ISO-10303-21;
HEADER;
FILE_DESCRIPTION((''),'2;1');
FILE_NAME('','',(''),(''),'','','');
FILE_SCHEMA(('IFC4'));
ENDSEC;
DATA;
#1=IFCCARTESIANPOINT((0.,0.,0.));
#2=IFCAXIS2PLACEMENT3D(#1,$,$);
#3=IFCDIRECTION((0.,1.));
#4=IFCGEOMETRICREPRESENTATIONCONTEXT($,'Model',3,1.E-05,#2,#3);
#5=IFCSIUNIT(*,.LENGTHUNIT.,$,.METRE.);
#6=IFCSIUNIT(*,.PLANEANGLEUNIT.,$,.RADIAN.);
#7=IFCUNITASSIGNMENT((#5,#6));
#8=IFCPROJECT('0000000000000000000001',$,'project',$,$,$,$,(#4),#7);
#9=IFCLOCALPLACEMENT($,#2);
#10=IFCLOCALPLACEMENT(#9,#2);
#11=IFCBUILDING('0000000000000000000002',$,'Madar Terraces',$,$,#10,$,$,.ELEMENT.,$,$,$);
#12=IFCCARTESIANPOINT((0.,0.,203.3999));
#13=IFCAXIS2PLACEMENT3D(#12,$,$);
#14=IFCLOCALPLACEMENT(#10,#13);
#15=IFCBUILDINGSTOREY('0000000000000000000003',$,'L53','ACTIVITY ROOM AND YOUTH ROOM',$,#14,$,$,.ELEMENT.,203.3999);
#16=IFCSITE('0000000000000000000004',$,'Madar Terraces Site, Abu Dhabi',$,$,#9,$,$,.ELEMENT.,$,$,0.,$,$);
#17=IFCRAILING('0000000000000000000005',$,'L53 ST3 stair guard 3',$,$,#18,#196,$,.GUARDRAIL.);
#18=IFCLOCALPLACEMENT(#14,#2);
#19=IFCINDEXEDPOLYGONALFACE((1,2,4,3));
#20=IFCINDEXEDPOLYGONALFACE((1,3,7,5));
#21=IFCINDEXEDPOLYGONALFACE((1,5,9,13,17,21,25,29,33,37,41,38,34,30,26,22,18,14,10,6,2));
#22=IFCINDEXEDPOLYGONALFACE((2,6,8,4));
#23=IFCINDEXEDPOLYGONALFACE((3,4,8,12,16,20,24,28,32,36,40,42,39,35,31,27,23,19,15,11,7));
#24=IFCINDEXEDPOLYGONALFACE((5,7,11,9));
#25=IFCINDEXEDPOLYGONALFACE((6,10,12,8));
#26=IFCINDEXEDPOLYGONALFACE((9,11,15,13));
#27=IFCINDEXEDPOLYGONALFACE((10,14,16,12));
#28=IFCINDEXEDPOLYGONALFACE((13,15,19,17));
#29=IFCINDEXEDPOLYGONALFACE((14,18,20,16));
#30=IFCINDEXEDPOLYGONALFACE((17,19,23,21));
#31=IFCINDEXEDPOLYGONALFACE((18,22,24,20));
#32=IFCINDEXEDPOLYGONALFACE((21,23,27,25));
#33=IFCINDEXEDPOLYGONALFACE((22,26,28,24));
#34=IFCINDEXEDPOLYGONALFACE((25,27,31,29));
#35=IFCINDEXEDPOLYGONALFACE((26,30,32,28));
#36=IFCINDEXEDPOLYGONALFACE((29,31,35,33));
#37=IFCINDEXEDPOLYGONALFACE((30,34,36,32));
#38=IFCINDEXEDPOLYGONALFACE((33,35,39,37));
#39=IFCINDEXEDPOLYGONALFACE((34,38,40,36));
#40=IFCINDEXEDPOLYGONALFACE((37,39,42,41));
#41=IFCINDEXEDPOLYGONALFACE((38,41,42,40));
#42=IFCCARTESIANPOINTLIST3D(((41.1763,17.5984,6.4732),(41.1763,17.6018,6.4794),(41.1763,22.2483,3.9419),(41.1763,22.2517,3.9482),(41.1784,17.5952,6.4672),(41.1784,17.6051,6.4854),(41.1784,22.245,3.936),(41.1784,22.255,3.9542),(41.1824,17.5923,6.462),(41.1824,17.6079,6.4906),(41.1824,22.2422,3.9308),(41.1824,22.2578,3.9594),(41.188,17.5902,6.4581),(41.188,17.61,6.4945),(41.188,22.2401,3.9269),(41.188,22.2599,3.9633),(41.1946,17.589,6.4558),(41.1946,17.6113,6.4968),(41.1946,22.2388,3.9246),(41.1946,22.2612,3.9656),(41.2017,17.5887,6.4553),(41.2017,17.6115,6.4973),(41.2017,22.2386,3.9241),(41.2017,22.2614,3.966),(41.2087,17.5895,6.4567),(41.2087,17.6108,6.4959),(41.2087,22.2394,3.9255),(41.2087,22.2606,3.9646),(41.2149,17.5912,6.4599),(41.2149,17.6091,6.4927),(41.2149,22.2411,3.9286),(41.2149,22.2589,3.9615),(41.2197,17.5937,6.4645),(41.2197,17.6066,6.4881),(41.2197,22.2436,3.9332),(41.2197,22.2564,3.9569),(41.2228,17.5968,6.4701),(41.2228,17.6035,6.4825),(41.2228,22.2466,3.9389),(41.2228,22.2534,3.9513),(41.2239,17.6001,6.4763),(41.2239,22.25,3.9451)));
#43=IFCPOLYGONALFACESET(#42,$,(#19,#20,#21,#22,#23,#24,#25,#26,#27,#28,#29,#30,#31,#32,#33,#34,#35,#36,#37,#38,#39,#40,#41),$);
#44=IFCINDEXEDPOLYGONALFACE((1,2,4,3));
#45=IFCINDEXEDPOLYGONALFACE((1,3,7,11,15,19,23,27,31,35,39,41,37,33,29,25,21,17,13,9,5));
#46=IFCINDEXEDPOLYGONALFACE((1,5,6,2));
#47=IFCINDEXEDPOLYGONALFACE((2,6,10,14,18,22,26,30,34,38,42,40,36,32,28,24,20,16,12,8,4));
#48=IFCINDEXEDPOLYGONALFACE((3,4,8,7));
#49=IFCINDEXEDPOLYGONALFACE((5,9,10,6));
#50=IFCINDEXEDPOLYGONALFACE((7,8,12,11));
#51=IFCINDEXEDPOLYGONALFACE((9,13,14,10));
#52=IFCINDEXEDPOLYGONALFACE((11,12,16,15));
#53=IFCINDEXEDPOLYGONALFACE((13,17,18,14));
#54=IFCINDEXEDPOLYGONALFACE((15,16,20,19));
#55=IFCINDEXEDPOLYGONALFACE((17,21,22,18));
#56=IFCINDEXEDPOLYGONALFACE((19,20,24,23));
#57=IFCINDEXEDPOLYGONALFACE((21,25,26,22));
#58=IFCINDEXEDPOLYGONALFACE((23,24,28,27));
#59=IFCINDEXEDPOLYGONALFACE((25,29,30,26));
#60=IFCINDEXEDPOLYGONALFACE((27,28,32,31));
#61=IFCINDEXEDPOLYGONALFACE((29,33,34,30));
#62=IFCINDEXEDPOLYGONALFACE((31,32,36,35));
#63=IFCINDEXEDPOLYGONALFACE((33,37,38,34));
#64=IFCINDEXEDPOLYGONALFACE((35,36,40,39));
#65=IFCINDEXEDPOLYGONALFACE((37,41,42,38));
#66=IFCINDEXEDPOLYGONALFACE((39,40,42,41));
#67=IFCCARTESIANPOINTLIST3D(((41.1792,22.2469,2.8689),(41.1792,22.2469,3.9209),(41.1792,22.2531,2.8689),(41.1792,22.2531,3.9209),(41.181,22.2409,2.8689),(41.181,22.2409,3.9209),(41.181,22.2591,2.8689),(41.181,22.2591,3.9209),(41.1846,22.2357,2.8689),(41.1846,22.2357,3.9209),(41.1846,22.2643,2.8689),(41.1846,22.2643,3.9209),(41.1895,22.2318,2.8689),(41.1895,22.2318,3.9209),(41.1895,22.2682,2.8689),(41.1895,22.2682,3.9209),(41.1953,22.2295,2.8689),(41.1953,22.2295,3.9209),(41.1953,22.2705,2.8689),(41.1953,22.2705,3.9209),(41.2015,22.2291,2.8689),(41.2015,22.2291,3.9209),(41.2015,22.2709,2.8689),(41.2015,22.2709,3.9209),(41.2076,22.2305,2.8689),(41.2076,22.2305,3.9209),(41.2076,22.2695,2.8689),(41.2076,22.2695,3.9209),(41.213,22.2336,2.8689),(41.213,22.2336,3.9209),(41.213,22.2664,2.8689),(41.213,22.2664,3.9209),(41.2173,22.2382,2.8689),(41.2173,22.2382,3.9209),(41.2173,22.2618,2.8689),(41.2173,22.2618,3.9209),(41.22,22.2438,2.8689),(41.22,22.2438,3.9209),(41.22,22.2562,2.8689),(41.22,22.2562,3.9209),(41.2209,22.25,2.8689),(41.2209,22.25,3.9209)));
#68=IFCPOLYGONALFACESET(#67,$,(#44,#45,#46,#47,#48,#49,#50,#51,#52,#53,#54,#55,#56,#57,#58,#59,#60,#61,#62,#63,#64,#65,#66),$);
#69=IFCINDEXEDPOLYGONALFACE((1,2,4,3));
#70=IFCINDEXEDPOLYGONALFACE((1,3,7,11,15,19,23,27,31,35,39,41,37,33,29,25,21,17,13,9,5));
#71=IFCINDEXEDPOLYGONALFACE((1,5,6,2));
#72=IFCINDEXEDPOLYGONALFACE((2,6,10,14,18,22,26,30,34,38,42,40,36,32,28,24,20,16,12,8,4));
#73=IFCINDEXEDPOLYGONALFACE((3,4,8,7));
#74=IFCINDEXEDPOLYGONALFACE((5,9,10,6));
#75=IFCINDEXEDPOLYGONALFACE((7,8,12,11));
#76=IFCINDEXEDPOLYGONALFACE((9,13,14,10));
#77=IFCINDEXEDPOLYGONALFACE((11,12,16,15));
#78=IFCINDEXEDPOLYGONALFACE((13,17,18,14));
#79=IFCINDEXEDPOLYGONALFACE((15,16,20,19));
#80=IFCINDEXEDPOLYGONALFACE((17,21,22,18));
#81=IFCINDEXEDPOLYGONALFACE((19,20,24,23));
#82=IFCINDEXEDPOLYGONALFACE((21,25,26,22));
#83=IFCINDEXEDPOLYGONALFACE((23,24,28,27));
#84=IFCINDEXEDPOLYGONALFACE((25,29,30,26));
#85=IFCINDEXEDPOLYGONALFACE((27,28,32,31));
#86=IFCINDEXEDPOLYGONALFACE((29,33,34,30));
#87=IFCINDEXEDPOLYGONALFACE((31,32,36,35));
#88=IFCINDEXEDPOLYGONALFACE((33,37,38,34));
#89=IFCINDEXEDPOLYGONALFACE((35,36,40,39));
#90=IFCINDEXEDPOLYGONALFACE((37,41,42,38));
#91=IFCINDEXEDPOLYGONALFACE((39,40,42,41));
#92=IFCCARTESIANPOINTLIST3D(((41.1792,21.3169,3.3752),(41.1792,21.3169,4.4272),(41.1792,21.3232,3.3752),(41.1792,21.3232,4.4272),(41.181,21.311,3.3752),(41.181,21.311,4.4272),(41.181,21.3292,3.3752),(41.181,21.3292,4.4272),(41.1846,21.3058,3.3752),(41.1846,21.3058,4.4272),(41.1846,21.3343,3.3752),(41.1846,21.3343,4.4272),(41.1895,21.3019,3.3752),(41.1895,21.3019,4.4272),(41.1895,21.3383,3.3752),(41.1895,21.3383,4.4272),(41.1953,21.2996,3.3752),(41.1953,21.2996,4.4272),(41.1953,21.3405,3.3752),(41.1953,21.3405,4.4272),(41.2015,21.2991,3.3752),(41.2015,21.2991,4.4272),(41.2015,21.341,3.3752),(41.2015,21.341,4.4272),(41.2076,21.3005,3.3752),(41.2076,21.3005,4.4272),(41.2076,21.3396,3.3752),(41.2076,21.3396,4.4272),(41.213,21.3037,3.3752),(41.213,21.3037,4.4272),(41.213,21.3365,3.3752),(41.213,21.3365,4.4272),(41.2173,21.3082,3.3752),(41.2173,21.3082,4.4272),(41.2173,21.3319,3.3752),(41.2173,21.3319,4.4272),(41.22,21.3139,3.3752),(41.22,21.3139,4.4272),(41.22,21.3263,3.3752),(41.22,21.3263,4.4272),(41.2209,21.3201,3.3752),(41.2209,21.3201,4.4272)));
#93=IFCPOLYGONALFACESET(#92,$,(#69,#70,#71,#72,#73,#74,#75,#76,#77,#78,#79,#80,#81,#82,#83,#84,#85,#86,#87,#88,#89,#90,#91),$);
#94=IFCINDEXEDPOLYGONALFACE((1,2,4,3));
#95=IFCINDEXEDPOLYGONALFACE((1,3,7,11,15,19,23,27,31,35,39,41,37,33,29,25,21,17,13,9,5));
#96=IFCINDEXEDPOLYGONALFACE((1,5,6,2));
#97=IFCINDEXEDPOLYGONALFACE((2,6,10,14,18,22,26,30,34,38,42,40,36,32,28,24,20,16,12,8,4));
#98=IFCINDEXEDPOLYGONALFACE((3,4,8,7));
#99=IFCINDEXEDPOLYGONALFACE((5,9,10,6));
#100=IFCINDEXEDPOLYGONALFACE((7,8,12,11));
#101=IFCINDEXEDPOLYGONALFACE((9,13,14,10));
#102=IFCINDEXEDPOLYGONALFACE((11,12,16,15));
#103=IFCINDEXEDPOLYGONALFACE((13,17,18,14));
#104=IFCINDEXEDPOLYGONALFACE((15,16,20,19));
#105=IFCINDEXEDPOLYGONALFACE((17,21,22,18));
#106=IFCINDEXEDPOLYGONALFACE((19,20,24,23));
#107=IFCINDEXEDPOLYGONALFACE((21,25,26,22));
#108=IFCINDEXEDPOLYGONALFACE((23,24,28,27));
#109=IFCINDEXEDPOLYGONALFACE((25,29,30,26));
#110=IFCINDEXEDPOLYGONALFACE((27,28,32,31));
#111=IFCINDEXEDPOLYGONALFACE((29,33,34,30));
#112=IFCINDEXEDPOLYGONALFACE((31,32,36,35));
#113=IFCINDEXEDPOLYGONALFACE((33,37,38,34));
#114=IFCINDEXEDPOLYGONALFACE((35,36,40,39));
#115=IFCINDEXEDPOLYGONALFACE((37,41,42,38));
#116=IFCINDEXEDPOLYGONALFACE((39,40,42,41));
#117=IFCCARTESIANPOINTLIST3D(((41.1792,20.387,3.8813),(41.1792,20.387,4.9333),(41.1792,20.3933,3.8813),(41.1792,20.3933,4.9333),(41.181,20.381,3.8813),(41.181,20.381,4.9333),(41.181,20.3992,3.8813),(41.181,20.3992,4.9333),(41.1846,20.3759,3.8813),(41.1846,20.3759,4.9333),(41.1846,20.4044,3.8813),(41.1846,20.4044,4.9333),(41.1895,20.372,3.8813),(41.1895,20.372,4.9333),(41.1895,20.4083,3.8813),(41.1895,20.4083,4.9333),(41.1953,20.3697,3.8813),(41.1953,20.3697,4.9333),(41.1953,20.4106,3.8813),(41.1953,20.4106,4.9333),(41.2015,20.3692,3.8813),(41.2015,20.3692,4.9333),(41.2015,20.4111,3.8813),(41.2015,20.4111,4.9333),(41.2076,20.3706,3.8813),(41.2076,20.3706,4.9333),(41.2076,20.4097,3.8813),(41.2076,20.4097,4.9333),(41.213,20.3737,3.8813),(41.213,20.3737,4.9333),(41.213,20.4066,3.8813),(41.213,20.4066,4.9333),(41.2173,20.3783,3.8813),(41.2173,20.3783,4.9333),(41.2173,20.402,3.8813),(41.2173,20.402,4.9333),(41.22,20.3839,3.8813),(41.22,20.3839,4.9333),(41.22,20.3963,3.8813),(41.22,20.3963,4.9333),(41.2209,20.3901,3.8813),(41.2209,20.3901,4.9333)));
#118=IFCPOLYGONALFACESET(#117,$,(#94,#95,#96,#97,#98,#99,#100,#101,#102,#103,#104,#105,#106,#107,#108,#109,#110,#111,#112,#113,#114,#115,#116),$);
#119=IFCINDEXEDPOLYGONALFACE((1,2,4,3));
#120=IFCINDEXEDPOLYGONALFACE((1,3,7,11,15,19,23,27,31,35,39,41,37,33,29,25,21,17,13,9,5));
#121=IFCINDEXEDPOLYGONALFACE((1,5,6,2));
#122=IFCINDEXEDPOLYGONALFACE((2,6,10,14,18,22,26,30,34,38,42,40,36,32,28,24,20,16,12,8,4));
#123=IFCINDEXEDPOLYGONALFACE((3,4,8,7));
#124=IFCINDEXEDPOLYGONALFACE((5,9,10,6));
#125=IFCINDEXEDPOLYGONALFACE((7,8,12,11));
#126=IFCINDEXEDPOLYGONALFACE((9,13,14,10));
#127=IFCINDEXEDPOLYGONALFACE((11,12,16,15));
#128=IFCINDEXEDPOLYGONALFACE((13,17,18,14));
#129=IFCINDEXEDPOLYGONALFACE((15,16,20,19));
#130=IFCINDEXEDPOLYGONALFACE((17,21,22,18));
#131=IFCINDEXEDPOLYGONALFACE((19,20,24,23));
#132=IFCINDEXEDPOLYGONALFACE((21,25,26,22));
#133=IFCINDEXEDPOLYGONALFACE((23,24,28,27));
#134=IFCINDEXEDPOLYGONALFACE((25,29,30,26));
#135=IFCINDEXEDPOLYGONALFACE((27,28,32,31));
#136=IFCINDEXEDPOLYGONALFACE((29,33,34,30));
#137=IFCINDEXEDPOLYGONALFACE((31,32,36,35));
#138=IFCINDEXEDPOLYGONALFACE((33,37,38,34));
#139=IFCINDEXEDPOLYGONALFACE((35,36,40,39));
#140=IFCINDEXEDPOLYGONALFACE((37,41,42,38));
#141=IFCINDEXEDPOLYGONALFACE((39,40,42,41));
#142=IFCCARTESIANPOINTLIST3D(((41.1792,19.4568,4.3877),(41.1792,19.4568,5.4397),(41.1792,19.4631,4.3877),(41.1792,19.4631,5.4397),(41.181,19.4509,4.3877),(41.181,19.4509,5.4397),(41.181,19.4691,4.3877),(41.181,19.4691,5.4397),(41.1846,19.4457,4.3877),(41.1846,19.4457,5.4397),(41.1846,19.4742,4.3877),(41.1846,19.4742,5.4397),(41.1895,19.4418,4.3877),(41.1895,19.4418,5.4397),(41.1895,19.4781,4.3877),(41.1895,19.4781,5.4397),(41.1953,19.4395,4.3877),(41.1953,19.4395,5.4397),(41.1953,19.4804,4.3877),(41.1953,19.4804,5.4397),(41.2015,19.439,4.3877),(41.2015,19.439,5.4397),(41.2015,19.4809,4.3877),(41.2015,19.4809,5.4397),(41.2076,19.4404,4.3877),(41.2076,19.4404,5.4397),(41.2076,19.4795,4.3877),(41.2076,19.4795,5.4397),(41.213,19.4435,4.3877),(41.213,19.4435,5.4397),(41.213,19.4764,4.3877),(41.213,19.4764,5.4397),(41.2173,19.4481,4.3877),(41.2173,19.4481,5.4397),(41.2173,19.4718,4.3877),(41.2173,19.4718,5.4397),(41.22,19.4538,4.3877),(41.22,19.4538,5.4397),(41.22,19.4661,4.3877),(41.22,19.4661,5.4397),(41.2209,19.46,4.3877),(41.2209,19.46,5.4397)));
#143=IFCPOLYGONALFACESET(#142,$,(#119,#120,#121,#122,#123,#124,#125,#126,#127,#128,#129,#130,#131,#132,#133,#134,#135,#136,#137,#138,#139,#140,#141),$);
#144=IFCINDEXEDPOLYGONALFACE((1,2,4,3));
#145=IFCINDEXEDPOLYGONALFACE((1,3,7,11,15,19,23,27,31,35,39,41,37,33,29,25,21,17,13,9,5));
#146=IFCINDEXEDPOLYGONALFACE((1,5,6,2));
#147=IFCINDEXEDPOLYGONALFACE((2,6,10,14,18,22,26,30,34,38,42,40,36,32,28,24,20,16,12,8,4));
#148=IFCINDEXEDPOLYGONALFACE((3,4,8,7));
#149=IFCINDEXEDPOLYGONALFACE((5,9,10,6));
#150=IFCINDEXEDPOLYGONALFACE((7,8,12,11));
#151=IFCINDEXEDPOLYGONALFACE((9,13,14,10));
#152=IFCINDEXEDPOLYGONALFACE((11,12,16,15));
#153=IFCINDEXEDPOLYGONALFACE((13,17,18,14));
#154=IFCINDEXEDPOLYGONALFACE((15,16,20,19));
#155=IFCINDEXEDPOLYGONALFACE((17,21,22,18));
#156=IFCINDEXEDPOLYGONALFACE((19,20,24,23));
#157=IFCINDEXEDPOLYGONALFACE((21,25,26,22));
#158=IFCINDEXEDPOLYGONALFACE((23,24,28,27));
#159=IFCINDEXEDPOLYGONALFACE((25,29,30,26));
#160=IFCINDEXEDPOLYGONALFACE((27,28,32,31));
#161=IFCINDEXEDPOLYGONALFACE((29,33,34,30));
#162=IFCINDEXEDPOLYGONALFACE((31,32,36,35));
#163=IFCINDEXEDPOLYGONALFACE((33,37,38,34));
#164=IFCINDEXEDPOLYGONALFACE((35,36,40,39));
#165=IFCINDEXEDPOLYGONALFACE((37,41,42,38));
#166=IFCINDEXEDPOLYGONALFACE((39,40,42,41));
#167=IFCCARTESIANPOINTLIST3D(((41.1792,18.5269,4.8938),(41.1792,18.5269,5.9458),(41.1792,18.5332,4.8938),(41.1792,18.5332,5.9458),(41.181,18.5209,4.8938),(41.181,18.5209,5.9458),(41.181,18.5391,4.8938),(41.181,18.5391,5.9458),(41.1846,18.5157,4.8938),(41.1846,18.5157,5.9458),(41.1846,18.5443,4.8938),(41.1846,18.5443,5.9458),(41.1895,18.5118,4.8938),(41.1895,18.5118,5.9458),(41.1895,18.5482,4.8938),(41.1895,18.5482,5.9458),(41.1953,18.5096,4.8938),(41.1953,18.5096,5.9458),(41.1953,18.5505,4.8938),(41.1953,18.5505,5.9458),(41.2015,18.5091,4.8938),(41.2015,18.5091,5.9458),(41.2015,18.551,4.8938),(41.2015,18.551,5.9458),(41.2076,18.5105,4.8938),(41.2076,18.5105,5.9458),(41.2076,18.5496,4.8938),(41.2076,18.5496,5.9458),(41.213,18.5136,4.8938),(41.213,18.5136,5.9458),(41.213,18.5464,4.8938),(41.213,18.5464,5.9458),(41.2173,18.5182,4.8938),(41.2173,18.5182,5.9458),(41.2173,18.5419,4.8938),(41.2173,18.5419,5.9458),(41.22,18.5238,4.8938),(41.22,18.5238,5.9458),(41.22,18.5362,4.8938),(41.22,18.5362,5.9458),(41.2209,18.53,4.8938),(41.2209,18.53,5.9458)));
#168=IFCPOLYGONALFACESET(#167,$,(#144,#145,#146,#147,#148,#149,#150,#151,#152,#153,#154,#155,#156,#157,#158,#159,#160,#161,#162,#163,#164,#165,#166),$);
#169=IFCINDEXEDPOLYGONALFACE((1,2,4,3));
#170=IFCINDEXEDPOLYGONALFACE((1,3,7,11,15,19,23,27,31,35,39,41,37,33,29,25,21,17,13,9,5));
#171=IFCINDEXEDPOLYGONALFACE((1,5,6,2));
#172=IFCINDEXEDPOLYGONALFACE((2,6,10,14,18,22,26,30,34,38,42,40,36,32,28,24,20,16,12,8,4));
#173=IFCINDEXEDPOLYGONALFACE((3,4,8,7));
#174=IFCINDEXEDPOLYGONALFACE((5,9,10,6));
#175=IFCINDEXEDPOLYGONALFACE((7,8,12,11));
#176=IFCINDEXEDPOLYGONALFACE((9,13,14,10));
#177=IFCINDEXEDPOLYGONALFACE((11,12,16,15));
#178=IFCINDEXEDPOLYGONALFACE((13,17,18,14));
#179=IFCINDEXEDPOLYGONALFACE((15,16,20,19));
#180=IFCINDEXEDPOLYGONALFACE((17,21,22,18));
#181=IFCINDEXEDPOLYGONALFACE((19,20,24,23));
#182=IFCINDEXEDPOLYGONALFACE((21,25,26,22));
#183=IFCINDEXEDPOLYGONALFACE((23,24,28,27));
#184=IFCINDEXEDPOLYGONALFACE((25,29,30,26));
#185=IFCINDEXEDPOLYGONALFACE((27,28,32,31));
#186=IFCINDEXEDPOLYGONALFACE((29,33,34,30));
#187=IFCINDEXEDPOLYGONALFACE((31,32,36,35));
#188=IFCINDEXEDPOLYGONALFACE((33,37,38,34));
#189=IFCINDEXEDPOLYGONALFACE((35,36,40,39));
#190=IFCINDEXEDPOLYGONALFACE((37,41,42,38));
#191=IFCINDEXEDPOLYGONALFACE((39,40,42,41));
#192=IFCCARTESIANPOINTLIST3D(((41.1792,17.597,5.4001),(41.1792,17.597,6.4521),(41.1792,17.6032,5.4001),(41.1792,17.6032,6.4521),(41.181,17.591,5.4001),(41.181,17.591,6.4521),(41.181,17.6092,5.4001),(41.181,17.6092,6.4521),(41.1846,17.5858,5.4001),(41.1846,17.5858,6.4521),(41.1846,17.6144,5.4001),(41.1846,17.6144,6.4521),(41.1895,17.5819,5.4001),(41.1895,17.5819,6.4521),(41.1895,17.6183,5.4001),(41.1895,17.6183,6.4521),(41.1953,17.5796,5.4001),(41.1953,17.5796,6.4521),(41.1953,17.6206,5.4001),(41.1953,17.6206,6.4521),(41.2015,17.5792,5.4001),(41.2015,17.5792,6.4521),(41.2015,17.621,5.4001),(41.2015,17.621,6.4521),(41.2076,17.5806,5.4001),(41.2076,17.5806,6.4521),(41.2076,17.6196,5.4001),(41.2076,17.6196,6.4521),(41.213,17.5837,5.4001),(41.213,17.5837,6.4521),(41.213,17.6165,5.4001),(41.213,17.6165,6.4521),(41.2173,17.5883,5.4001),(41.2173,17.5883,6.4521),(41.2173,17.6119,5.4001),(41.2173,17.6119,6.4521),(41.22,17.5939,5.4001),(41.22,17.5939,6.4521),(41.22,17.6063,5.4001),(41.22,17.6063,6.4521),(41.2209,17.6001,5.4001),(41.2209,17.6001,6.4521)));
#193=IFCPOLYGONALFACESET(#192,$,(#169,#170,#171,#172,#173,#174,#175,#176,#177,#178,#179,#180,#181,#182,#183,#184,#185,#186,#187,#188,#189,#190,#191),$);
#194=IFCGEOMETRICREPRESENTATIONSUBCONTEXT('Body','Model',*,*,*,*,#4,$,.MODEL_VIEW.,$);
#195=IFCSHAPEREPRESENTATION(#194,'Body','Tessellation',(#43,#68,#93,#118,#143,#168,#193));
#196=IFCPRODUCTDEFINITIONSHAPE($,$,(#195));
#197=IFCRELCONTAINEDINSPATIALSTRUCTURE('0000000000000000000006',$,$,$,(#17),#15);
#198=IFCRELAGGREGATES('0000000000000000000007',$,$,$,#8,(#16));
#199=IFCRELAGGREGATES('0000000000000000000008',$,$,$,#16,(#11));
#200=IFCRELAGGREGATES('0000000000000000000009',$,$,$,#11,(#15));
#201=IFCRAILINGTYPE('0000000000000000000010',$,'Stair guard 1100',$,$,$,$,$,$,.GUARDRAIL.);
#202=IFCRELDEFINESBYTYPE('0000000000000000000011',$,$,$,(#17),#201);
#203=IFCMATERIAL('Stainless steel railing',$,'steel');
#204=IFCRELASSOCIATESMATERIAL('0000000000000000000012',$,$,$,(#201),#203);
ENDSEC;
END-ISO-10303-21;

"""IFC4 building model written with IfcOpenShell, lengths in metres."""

from ifc_helpers import new_model, si_unit, direction, frame, origin, origin_2d, place, context, subcontext, project, spatial, circle, extrude, material, type_object, element, save


model = new_model("IFC4")

# Units and contexts
model_context = context("Model", 3, precision=1e-05, world=origin(), true_north=direction((0.0, 1.0)))
body_context = subcontext(model_context, "Body", "Model", "MODEL_VIEW")
ifc_project = project(units=[si_unit("LENGTHUNIT", "METRE"), si_unit("PLANEANGLEUNIT", "RADIAN")], contexts=[model_context])

# Site, building, storey
site_placement = place(None, origin())
site = spatial("IfcSite", under=ifc_project, at=site_placement, Name="Madar Terraces Site, Abu Dhabi", CompositionType="ELEMENT", RefElevation=0.0)
building_placement = place(site_placement, origin())
building = spatial("IfcBuilding", under=site, at=building_placement, Name="Madar Terraces", CompositionType="ELEMENT")
storey_placement = place(building_placement, frame((0.0, 0.0, 203.3999)))
storey = spatial("IfcBuildingStorey", under=building, at=storey_placement, Name="L53", Description="ACTIVITY ROOM AND YOUTH ROOM", CompositionType="ELEMENT", Elevation=203.3999)

# Railing
ifc_material_1 = material(Name="Stainless steel railing", Category="steel")
railing_type_1 = type_object("IfcRailingType", Name="Stair guard 1100", PredefinedType="GUARDRAIL", material=ifc_material_1)
railing_1_placement = place(storey_placement, frame((41.2, 22.25, 2.8689)))
element("IfcRailing", 1, at=railing_1_placement, inside=storey, type_object=railing_type_1, Name="L53 ST3 stair guard 3", PredefinedType="GUARDRAIL", context=body_context, shape_type="SweptSolid", body=[
    extrude(circle(Radius=0.0239, at=origin_2d()), frame((0.0, 0.0, 1.0762), z_axis=(0.0, -0.878297, 0.478115), x_axis=(1.0, 0.0, 0.0)), (0.0, 0.0, 1.0), 5.2942),
    extrude(circle(Radius=0.021, at=origin_2d()), origin(), (0.0, 0.0, 1.0), 1.052),
    extrude(circle(Radius=0.021, at=origin_2d()), frame((0.0, -0.9299, 0.5063)), (0.0, 0.0, 1.0), 1.052),
    extrude(circle(Radius=0.021, at=origin_2d()), frame((0.0, -1.8599, 1.0125)), (0.0, 0.0, 1.0), 1.052),
    extrude(circle(Radius=0.021, at=origin_2d()), frame((0.0, -2.79, 1.5188)), (0.0, 0.0, 1.0), 1.052),
    extrude(circle(Radius=0.021, at=origin_2d()), frame((0.0, -3.72, 2.0249)), (0.0, 0.0, 1.0), 1.052),
    extrude(circle(Radius=0.021, at=origin_2d()), frame((0.0, -4.6499, 2.5312)), (0.0, 0.0, 1.0), 1.052),
])

save(model, "model.ifc")
